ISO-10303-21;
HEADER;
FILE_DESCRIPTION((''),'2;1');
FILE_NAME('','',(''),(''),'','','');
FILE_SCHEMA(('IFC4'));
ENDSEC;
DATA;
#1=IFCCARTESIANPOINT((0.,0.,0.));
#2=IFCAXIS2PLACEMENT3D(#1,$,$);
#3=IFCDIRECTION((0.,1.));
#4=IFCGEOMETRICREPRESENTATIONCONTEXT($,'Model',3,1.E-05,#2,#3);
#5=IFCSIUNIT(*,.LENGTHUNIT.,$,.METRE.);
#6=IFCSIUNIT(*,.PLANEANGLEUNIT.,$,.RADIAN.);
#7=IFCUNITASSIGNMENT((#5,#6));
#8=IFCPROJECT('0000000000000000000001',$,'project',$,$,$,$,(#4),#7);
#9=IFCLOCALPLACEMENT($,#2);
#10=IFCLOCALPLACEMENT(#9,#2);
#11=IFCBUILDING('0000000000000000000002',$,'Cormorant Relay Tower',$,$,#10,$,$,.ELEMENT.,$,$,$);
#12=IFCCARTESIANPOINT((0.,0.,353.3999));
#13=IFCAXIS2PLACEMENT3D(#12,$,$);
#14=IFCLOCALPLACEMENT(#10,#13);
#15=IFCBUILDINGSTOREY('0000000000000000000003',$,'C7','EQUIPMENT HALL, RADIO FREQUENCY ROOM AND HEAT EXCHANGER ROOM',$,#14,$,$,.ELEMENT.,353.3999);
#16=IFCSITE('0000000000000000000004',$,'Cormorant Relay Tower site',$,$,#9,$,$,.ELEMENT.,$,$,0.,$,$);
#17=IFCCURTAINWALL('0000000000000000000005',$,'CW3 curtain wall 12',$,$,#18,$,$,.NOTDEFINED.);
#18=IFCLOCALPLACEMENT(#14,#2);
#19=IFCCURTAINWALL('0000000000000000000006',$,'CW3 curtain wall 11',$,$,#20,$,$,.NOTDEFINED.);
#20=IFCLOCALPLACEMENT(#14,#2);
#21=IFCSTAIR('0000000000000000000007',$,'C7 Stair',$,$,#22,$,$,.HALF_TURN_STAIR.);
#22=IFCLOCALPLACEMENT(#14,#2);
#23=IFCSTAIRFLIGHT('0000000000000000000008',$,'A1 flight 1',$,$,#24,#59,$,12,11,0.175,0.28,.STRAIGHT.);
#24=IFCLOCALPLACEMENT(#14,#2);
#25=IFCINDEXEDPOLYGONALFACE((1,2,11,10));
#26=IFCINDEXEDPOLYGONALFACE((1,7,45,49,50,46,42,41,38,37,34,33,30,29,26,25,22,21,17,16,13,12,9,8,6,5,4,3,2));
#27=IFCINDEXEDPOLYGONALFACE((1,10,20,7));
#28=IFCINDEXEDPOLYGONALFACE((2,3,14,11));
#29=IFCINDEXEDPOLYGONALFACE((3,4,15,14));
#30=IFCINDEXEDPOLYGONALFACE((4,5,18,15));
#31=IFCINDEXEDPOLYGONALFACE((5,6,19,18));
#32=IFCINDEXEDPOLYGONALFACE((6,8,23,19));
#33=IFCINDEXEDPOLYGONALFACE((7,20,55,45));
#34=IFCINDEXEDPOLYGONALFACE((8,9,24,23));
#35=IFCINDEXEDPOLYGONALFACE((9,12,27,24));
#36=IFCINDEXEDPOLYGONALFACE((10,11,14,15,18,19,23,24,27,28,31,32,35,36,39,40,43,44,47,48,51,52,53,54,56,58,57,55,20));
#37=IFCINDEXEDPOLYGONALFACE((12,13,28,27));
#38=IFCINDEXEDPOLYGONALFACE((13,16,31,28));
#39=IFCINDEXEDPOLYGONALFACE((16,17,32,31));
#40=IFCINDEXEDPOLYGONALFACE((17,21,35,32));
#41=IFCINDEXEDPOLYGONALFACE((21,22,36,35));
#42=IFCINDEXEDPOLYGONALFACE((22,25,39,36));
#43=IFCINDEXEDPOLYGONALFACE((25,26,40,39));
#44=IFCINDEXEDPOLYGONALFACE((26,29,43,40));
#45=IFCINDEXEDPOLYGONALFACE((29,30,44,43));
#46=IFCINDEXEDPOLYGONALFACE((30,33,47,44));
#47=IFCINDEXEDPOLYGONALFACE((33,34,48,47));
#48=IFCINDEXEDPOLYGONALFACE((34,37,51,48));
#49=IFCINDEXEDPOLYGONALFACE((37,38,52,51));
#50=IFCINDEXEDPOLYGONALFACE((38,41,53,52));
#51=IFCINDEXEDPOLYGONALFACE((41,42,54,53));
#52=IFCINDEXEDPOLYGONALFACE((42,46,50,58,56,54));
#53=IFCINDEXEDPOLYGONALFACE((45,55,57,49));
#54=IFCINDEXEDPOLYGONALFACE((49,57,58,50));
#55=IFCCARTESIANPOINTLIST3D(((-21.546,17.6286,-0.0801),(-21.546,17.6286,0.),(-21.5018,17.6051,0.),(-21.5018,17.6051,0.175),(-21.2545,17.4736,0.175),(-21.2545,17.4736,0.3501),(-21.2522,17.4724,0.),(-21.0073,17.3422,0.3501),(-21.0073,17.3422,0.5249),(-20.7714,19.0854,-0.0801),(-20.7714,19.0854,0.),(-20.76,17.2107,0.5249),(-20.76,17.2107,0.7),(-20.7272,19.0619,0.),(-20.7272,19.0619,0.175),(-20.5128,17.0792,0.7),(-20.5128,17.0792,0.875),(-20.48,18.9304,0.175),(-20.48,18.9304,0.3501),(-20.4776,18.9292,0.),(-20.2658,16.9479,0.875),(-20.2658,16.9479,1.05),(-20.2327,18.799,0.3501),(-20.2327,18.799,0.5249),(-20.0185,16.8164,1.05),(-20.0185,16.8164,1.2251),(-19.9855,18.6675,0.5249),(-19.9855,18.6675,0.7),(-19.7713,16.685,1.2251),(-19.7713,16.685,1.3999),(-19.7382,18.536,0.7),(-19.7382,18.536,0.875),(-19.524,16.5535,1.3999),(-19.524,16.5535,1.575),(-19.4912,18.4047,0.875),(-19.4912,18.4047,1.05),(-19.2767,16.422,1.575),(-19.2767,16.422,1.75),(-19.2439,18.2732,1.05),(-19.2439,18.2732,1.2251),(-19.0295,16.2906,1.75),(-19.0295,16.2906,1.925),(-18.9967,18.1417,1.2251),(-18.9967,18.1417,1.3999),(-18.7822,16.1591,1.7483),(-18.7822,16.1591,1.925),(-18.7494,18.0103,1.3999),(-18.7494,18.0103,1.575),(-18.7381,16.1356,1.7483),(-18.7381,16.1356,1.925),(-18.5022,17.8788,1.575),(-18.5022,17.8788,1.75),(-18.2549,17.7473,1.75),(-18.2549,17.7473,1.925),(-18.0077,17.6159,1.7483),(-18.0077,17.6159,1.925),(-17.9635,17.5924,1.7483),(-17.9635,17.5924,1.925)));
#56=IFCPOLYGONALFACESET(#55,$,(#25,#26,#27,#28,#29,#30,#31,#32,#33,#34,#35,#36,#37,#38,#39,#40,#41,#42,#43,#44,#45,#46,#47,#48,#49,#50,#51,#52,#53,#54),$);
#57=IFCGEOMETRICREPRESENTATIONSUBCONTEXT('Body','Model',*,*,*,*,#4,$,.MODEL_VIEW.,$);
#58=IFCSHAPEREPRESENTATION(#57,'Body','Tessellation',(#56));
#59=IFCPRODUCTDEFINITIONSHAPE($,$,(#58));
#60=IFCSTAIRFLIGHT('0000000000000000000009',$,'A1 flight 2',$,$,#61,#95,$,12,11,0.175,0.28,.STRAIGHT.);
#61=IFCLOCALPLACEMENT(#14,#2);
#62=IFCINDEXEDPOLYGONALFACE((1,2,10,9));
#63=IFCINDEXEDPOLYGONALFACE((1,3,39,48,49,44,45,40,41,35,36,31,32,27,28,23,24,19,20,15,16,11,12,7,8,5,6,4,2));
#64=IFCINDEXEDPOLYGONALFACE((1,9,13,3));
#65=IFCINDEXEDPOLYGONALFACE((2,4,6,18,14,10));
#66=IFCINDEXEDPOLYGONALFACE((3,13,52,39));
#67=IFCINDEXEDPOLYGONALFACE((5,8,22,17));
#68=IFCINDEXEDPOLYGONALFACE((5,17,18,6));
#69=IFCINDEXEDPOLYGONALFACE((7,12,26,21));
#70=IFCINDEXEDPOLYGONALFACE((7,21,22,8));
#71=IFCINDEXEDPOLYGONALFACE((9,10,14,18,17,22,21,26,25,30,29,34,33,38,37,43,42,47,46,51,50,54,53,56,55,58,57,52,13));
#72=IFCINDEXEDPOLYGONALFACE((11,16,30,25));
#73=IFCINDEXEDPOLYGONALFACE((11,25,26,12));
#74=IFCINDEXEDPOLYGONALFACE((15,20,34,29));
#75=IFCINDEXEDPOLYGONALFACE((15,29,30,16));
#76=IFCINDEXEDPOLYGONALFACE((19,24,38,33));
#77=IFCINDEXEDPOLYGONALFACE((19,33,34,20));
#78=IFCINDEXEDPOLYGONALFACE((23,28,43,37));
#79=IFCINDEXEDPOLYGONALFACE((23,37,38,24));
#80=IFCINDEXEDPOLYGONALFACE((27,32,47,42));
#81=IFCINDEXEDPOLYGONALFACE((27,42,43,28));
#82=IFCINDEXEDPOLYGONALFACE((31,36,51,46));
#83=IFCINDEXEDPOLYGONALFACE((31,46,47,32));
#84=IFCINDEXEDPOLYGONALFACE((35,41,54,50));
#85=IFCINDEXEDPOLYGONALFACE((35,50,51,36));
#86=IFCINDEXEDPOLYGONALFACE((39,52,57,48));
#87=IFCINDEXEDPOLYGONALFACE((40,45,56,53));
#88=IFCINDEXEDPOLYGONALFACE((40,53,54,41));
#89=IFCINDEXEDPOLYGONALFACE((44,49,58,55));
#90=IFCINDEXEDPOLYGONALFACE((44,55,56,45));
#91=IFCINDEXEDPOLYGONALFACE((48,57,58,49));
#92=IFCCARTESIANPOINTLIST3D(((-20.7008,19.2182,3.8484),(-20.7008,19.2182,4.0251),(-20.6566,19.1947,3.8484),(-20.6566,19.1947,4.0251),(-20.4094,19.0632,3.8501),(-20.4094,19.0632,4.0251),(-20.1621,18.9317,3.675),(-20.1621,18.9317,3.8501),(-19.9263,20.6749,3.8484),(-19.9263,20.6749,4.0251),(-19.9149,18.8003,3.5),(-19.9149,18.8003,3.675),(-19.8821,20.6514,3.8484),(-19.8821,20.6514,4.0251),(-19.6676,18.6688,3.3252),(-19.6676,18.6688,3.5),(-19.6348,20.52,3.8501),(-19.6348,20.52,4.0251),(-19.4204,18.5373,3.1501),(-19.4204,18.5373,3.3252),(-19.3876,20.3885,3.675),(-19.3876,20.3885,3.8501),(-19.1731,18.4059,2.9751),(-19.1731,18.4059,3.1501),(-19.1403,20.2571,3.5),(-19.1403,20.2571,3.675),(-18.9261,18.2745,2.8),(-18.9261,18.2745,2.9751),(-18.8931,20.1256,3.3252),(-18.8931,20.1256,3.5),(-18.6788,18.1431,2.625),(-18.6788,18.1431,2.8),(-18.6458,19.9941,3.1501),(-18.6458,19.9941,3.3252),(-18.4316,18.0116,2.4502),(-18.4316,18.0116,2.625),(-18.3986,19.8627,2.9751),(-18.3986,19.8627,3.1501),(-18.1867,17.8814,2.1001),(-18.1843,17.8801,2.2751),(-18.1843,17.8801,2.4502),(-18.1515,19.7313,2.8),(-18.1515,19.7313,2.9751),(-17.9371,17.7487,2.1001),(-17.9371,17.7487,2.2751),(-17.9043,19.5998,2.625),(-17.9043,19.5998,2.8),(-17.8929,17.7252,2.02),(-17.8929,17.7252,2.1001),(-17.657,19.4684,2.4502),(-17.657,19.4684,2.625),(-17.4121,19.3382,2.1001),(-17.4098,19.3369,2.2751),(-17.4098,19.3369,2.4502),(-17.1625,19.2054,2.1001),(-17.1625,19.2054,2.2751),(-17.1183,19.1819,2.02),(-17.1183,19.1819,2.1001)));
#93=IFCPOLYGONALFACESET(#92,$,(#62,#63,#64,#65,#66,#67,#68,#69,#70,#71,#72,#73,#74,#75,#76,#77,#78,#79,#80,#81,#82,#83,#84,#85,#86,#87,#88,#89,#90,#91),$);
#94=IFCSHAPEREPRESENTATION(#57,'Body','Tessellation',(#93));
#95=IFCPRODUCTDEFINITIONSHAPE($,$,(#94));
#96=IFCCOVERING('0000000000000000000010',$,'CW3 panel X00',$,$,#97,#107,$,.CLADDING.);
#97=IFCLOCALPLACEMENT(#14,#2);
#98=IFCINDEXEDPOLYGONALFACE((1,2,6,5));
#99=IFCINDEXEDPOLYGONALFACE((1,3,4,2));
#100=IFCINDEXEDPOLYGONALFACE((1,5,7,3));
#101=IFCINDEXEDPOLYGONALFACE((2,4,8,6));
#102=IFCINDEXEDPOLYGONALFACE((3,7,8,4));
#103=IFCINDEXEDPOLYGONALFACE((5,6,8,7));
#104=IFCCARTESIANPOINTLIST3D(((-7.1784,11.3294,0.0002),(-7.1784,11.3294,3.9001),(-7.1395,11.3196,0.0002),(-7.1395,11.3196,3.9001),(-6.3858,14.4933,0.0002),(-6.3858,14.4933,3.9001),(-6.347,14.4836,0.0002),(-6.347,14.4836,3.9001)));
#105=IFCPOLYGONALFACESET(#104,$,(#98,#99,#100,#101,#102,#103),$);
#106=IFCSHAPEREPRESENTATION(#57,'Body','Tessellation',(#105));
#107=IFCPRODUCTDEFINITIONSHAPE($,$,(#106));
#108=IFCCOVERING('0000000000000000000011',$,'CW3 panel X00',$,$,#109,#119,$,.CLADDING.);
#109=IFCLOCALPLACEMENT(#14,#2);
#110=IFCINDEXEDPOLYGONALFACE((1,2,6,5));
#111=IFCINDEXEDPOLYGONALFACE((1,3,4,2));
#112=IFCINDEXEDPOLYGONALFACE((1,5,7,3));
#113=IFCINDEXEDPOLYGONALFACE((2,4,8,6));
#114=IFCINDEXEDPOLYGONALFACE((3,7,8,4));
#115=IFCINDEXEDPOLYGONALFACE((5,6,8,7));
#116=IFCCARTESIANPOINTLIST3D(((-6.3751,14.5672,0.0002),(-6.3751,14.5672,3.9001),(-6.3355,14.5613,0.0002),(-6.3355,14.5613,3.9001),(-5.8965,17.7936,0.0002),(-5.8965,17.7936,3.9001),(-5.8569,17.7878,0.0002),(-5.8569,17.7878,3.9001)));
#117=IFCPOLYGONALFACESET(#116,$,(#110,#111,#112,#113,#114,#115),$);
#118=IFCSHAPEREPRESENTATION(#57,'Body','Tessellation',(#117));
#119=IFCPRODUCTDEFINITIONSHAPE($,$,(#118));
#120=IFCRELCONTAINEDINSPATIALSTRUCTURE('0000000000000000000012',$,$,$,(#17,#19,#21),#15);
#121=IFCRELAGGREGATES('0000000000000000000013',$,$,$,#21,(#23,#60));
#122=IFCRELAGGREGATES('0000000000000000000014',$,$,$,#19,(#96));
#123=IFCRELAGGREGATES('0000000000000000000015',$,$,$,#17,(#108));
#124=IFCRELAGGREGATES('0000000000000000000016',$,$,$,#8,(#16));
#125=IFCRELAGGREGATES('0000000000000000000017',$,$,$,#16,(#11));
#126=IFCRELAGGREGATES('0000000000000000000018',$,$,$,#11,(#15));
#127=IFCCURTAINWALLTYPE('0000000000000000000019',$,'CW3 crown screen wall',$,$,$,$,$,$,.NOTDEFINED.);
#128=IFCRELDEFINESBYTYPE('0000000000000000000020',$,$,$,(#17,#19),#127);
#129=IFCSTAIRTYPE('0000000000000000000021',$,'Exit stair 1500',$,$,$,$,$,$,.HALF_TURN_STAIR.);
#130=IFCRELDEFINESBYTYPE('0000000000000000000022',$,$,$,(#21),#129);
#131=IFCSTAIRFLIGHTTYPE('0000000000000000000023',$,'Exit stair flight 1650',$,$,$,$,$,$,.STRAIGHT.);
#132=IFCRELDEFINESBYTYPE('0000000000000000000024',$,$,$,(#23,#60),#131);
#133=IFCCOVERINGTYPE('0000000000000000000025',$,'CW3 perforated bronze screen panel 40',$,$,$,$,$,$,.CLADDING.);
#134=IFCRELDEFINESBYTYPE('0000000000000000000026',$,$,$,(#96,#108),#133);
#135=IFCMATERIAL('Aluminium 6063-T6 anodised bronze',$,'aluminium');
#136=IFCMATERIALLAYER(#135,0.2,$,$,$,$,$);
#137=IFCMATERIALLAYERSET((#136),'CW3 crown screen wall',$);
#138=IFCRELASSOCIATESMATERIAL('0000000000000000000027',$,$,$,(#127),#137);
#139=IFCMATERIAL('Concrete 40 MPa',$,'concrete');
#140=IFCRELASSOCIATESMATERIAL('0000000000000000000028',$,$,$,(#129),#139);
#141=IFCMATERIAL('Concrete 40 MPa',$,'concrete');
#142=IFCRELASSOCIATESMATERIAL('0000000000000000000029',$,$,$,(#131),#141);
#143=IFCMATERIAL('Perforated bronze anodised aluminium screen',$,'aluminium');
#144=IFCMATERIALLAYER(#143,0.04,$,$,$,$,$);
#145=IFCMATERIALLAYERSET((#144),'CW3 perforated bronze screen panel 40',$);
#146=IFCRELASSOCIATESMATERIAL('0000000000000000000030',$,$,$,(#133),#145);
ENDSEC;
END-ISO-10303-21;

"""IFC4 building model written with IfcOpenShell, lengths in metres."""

from ifc_helpers import new_model, si_unit, direction, frame, origin, origin_2d, place, context, subcontext, project, spatial, polyline, rectangle, outline, extrude, material, layer, layer_set, type_object, element, aggregate, save


model = new_model("IFC4")

# Units and contexts
model_context = context("Model", 3, precision=1e-05, world=origin(), true_north=direction((0.0, 1.0)))
body_context = subcontext(model_context, "Body", "Model", "MODEL_VIEW")
ifc_project = project(units=[si_unit("LENGTHUNIT", "METRE"), si_unit("PLANEANGLEUNIT", "RADIAN")], contexts=[model_context])

# Site, building, storey
site_placement = place(None, origin())
site = spatial("IfcSite", under=ifc_project, at=site_placement, Name="Cormorant Relay Tower site", CompositionType="ELEMENT", RefElevation=0.0)
building_placement = place(site_placement, origin())
building = spatial("IfcBuilding", under=site, at=building_placement, Name="Cormorant Relay Tower", CompositionType="ELEMENT")
storey_placement = place(building_placement, frame((0.0, 0.0, 353.3999)))
storey = spatial("IfcBuildingStorey", under=building, at=storey_placement, Name="C7", Description="EQUIPMENT HALL, RADIO FREQUENCY ROOM AND HEAT EXCHANGER ROOM", CompositionType="ELEMENT", Elevation=353.3999)

# Curtain walls
ifc_material_1 = material(Name="Aluminium 6063-T6 anodised bronze", Category="aluminium")
ifc_layer_1 = layer(ifc_material_1, 0.2)
ifc_layer_set_1 = layer_set([ifc_layer_1], Name="CW3 crown screen wall")
curtain_wall_type = type_object("IfcCurtainWallType", Name="CW3 crown screen wall", PredefinedType="NOTDEFINED", material=ifc_layer_set_1)
curtain_wall_1_placement = place(storey_placement, origin())
curtain_wall_1 = element("IfcCurtainWall", 1, at=curtain_wall_1_placement, inside=storey, type_object=curtain_wall_type, Name="CW3 curtain wall 12", PredefinedType="NOTDEFINED")
curtain_wall_2_placement = place(storey_placement, origin())
curtain_wall_2 = element("IfcCurtainWall", 2, at=curtain_wall_2_placement, inside=storey, type_object=curtain_wall_type, Name="CW3 curtain wall 11", PredefinedType="NOTDEFINED")

# Stair, stair flights
ifc_material_2 = material(Name="Concrete 40 MPa", Category="concrete")
stair_type = type_object("IfcStairType", Name="Exit stair 1500", PredefinedType="HALF_TURN_STAIR", material=ifc_material_2)
stair_placement = place(storey_placement, origin())
stair = element("IfcStair", 3, at=stair_placement, inside=storey, type_object=stair_type, Name="C7 Stair", PredefinedType="HALF_TURN_STAIR")
ifc_material_3 = material(Name="Concrete 40 MPa", Category="concrete")
stair_flight_type = type_object("IfcStairFlightType", Name="Exit stair flight 1650", PredefinedType="STRAIGHT", material=ifc_material_3)
stair_flight_1_placement = place(storey_placement, frame((-21.1145, 18.3335, 0.0), z_axis=(0.0, 0.0, 1.0), x_axis=(0.882948, -0.469472, 0.0)))
stair_flight_1 = element("IfcStairFlight", 4, at=stair_flight_1_placement, type_object=stair_flight_type, Name="A1 flight 1", NumberOfRisers=12, NumberOfTreads=11, PredefinedType="STRAIGHT", RiserHeight=0.175, TreadLength=0.28, context=body_context, shape_type="SweptSolid", body=[
    extrude(outline(polyline([(-0.05, -0.0801), (-0.05, 0.0), (0.0, 0.0), (0.0, 0.175), (0.28, 0.175), (0.28, 0.3501), (0.5601, 0.3501), (0.5601, 0.5249), (0.8401, 0.5249), (0.8401, 0.7), (1.1201, 0.7), (1.1201, 0.875), (1.3999, 0.875), (1.3999, 1.05), (1.6799, 1.05), (1.6799, 1.2251), (1.96, 1.2251), (1.96, 1.3999), (2.24, 1.3999), (2.24, 1.575), (2.52, 1.575), (2.52, 1.75), (2.8, 1.75), (2.8, 1.925), (3.0801, 1.925), (3.1301, 1.925), (3.1301, 1.7483), (3.0801, 1.7483), (0.2827, 0.0), (-0.05, -0.0801)])), frame((0.0, 0.825, 0.0), z_axis=(0.0, -1.0, 0.0), x_axis=(1.0, 0.0, 0.0)), (0.0, 0.0, 1.0), 1.6499),
])
stair_flight_2_placement = place(storey_placement, frame((-17.5498, 18.4771, 2.1001), z_axis=(0.0, 0.0, 1.0), x_axis=(-0.882948, 0.469472, 0.0)))
stair_flight_2 = element("IfcStairFlight", 5, at=stair_flight_2_placement, type_object=stair_flight_type, Name="A1 flight 2", NumberOfRisers=12, NumberOfTreads=11, PredefinedType="STRAIGHT", RiserHeight=0.175, TreadLength=0.28, context=body_context, shape_type="SweptSolid", body=[
    extrude(outline(polyline([(-0.05, -0.0801), (-0.05, 0.0), (0.0, 0.0), (0.0, 0.175), (0.28, 0.175), (0.28, 0.3501), (0.5601, 0.3501), (0.5601, 0.5249), (0.8401, 0.5249), (0.8401, 0.7), (1.1201, 0.7), (1.1201, 0.875), (1.3999, 0.875), (1.3999, 1.05), (1.6799, 1.05), (1.6799, 1.2251), (1.96, 1.2251), (1.96, 1.3999), (2.24, 1.3999), (2.24, 1.575), (2.52, 1.575), (2.52, 1.75), (2.8, 1.75), (2.8, 1.925), (3.0801, 1.925), (3.1301, 1.925), (3.1301, 1.7483), (3.0801, 1.7483), (0.2827, 0.0), (-0.05, -0.0801)])), frame((0.0, 0.825, 0.0), z_axis=(0.0, -1.0, 0.0), x_axis=(1.0, 0.0, 0.0)), (0.0, 0.0, 1.0), 1.6499),
])
aggregate(stair, [stair_flight_1, stair_flight_2])

# Coverings
ifc_material_4 = material(Name="Perforated bronze anodised aluminium screen", Category="aluminium")
ifc_layer_2 = layer(ifc_material_4, 0.04)
ifc_layer_set_2 = layer_set([ifc_layer_2], Name="CW3 perforated bronze screen panel 40")
covering_type = type_object("IfcCoveringType", Name="CW3 perforated bronze screen panel 40", PredefinedType="CLADDING", material=ifc_layer_set_2)
covering_1_placement = place(storey_placement, frame((-6.7627, 12.9065, 0.0002), z_axis=(0.0, 0.0, 1.0), x_axis=(0.24298, 0.970031, 0.0)))
covering_1 = element("IfcCovering", 6, at=covering_1_placement, type_object=covering_type, Name="CW3 panel X00", PredefinedType="CLADDING", context=body_context, shape_type="SweptSolid", body=[
    extrude(rectangle(XDim=3.2617, YDim=0.04, at=origin_2d()), origin(), (0.0, 0.0, 1.0), 3.8999),
])
aggregate(curtain_wall_2, [covering_1])
covering_2_placement = place(storey_placement, frame((-6.116, 16.1775, 0.0002), z_axis=(0.0, 0.0, 1.0), x_axis=(0.14673, 0.989177, 0.0)))
covering_2 = element("IfcCovering", 7, at=covering_2_placement, type_object=covering_type, Name="CW3 panel X00", PredefinedType="CLADDING", context=body_context, shape_type="SweptSolid", body=[
    extrude(rectangle(XDim=3.2617, YDim=0.04, at=origin_2d()), origin(), (0.0, 0.0, 1.0), 3.8999),
])
aggregate(curtain_wall_1, [covering_2])

save(model, "model.ifc")
